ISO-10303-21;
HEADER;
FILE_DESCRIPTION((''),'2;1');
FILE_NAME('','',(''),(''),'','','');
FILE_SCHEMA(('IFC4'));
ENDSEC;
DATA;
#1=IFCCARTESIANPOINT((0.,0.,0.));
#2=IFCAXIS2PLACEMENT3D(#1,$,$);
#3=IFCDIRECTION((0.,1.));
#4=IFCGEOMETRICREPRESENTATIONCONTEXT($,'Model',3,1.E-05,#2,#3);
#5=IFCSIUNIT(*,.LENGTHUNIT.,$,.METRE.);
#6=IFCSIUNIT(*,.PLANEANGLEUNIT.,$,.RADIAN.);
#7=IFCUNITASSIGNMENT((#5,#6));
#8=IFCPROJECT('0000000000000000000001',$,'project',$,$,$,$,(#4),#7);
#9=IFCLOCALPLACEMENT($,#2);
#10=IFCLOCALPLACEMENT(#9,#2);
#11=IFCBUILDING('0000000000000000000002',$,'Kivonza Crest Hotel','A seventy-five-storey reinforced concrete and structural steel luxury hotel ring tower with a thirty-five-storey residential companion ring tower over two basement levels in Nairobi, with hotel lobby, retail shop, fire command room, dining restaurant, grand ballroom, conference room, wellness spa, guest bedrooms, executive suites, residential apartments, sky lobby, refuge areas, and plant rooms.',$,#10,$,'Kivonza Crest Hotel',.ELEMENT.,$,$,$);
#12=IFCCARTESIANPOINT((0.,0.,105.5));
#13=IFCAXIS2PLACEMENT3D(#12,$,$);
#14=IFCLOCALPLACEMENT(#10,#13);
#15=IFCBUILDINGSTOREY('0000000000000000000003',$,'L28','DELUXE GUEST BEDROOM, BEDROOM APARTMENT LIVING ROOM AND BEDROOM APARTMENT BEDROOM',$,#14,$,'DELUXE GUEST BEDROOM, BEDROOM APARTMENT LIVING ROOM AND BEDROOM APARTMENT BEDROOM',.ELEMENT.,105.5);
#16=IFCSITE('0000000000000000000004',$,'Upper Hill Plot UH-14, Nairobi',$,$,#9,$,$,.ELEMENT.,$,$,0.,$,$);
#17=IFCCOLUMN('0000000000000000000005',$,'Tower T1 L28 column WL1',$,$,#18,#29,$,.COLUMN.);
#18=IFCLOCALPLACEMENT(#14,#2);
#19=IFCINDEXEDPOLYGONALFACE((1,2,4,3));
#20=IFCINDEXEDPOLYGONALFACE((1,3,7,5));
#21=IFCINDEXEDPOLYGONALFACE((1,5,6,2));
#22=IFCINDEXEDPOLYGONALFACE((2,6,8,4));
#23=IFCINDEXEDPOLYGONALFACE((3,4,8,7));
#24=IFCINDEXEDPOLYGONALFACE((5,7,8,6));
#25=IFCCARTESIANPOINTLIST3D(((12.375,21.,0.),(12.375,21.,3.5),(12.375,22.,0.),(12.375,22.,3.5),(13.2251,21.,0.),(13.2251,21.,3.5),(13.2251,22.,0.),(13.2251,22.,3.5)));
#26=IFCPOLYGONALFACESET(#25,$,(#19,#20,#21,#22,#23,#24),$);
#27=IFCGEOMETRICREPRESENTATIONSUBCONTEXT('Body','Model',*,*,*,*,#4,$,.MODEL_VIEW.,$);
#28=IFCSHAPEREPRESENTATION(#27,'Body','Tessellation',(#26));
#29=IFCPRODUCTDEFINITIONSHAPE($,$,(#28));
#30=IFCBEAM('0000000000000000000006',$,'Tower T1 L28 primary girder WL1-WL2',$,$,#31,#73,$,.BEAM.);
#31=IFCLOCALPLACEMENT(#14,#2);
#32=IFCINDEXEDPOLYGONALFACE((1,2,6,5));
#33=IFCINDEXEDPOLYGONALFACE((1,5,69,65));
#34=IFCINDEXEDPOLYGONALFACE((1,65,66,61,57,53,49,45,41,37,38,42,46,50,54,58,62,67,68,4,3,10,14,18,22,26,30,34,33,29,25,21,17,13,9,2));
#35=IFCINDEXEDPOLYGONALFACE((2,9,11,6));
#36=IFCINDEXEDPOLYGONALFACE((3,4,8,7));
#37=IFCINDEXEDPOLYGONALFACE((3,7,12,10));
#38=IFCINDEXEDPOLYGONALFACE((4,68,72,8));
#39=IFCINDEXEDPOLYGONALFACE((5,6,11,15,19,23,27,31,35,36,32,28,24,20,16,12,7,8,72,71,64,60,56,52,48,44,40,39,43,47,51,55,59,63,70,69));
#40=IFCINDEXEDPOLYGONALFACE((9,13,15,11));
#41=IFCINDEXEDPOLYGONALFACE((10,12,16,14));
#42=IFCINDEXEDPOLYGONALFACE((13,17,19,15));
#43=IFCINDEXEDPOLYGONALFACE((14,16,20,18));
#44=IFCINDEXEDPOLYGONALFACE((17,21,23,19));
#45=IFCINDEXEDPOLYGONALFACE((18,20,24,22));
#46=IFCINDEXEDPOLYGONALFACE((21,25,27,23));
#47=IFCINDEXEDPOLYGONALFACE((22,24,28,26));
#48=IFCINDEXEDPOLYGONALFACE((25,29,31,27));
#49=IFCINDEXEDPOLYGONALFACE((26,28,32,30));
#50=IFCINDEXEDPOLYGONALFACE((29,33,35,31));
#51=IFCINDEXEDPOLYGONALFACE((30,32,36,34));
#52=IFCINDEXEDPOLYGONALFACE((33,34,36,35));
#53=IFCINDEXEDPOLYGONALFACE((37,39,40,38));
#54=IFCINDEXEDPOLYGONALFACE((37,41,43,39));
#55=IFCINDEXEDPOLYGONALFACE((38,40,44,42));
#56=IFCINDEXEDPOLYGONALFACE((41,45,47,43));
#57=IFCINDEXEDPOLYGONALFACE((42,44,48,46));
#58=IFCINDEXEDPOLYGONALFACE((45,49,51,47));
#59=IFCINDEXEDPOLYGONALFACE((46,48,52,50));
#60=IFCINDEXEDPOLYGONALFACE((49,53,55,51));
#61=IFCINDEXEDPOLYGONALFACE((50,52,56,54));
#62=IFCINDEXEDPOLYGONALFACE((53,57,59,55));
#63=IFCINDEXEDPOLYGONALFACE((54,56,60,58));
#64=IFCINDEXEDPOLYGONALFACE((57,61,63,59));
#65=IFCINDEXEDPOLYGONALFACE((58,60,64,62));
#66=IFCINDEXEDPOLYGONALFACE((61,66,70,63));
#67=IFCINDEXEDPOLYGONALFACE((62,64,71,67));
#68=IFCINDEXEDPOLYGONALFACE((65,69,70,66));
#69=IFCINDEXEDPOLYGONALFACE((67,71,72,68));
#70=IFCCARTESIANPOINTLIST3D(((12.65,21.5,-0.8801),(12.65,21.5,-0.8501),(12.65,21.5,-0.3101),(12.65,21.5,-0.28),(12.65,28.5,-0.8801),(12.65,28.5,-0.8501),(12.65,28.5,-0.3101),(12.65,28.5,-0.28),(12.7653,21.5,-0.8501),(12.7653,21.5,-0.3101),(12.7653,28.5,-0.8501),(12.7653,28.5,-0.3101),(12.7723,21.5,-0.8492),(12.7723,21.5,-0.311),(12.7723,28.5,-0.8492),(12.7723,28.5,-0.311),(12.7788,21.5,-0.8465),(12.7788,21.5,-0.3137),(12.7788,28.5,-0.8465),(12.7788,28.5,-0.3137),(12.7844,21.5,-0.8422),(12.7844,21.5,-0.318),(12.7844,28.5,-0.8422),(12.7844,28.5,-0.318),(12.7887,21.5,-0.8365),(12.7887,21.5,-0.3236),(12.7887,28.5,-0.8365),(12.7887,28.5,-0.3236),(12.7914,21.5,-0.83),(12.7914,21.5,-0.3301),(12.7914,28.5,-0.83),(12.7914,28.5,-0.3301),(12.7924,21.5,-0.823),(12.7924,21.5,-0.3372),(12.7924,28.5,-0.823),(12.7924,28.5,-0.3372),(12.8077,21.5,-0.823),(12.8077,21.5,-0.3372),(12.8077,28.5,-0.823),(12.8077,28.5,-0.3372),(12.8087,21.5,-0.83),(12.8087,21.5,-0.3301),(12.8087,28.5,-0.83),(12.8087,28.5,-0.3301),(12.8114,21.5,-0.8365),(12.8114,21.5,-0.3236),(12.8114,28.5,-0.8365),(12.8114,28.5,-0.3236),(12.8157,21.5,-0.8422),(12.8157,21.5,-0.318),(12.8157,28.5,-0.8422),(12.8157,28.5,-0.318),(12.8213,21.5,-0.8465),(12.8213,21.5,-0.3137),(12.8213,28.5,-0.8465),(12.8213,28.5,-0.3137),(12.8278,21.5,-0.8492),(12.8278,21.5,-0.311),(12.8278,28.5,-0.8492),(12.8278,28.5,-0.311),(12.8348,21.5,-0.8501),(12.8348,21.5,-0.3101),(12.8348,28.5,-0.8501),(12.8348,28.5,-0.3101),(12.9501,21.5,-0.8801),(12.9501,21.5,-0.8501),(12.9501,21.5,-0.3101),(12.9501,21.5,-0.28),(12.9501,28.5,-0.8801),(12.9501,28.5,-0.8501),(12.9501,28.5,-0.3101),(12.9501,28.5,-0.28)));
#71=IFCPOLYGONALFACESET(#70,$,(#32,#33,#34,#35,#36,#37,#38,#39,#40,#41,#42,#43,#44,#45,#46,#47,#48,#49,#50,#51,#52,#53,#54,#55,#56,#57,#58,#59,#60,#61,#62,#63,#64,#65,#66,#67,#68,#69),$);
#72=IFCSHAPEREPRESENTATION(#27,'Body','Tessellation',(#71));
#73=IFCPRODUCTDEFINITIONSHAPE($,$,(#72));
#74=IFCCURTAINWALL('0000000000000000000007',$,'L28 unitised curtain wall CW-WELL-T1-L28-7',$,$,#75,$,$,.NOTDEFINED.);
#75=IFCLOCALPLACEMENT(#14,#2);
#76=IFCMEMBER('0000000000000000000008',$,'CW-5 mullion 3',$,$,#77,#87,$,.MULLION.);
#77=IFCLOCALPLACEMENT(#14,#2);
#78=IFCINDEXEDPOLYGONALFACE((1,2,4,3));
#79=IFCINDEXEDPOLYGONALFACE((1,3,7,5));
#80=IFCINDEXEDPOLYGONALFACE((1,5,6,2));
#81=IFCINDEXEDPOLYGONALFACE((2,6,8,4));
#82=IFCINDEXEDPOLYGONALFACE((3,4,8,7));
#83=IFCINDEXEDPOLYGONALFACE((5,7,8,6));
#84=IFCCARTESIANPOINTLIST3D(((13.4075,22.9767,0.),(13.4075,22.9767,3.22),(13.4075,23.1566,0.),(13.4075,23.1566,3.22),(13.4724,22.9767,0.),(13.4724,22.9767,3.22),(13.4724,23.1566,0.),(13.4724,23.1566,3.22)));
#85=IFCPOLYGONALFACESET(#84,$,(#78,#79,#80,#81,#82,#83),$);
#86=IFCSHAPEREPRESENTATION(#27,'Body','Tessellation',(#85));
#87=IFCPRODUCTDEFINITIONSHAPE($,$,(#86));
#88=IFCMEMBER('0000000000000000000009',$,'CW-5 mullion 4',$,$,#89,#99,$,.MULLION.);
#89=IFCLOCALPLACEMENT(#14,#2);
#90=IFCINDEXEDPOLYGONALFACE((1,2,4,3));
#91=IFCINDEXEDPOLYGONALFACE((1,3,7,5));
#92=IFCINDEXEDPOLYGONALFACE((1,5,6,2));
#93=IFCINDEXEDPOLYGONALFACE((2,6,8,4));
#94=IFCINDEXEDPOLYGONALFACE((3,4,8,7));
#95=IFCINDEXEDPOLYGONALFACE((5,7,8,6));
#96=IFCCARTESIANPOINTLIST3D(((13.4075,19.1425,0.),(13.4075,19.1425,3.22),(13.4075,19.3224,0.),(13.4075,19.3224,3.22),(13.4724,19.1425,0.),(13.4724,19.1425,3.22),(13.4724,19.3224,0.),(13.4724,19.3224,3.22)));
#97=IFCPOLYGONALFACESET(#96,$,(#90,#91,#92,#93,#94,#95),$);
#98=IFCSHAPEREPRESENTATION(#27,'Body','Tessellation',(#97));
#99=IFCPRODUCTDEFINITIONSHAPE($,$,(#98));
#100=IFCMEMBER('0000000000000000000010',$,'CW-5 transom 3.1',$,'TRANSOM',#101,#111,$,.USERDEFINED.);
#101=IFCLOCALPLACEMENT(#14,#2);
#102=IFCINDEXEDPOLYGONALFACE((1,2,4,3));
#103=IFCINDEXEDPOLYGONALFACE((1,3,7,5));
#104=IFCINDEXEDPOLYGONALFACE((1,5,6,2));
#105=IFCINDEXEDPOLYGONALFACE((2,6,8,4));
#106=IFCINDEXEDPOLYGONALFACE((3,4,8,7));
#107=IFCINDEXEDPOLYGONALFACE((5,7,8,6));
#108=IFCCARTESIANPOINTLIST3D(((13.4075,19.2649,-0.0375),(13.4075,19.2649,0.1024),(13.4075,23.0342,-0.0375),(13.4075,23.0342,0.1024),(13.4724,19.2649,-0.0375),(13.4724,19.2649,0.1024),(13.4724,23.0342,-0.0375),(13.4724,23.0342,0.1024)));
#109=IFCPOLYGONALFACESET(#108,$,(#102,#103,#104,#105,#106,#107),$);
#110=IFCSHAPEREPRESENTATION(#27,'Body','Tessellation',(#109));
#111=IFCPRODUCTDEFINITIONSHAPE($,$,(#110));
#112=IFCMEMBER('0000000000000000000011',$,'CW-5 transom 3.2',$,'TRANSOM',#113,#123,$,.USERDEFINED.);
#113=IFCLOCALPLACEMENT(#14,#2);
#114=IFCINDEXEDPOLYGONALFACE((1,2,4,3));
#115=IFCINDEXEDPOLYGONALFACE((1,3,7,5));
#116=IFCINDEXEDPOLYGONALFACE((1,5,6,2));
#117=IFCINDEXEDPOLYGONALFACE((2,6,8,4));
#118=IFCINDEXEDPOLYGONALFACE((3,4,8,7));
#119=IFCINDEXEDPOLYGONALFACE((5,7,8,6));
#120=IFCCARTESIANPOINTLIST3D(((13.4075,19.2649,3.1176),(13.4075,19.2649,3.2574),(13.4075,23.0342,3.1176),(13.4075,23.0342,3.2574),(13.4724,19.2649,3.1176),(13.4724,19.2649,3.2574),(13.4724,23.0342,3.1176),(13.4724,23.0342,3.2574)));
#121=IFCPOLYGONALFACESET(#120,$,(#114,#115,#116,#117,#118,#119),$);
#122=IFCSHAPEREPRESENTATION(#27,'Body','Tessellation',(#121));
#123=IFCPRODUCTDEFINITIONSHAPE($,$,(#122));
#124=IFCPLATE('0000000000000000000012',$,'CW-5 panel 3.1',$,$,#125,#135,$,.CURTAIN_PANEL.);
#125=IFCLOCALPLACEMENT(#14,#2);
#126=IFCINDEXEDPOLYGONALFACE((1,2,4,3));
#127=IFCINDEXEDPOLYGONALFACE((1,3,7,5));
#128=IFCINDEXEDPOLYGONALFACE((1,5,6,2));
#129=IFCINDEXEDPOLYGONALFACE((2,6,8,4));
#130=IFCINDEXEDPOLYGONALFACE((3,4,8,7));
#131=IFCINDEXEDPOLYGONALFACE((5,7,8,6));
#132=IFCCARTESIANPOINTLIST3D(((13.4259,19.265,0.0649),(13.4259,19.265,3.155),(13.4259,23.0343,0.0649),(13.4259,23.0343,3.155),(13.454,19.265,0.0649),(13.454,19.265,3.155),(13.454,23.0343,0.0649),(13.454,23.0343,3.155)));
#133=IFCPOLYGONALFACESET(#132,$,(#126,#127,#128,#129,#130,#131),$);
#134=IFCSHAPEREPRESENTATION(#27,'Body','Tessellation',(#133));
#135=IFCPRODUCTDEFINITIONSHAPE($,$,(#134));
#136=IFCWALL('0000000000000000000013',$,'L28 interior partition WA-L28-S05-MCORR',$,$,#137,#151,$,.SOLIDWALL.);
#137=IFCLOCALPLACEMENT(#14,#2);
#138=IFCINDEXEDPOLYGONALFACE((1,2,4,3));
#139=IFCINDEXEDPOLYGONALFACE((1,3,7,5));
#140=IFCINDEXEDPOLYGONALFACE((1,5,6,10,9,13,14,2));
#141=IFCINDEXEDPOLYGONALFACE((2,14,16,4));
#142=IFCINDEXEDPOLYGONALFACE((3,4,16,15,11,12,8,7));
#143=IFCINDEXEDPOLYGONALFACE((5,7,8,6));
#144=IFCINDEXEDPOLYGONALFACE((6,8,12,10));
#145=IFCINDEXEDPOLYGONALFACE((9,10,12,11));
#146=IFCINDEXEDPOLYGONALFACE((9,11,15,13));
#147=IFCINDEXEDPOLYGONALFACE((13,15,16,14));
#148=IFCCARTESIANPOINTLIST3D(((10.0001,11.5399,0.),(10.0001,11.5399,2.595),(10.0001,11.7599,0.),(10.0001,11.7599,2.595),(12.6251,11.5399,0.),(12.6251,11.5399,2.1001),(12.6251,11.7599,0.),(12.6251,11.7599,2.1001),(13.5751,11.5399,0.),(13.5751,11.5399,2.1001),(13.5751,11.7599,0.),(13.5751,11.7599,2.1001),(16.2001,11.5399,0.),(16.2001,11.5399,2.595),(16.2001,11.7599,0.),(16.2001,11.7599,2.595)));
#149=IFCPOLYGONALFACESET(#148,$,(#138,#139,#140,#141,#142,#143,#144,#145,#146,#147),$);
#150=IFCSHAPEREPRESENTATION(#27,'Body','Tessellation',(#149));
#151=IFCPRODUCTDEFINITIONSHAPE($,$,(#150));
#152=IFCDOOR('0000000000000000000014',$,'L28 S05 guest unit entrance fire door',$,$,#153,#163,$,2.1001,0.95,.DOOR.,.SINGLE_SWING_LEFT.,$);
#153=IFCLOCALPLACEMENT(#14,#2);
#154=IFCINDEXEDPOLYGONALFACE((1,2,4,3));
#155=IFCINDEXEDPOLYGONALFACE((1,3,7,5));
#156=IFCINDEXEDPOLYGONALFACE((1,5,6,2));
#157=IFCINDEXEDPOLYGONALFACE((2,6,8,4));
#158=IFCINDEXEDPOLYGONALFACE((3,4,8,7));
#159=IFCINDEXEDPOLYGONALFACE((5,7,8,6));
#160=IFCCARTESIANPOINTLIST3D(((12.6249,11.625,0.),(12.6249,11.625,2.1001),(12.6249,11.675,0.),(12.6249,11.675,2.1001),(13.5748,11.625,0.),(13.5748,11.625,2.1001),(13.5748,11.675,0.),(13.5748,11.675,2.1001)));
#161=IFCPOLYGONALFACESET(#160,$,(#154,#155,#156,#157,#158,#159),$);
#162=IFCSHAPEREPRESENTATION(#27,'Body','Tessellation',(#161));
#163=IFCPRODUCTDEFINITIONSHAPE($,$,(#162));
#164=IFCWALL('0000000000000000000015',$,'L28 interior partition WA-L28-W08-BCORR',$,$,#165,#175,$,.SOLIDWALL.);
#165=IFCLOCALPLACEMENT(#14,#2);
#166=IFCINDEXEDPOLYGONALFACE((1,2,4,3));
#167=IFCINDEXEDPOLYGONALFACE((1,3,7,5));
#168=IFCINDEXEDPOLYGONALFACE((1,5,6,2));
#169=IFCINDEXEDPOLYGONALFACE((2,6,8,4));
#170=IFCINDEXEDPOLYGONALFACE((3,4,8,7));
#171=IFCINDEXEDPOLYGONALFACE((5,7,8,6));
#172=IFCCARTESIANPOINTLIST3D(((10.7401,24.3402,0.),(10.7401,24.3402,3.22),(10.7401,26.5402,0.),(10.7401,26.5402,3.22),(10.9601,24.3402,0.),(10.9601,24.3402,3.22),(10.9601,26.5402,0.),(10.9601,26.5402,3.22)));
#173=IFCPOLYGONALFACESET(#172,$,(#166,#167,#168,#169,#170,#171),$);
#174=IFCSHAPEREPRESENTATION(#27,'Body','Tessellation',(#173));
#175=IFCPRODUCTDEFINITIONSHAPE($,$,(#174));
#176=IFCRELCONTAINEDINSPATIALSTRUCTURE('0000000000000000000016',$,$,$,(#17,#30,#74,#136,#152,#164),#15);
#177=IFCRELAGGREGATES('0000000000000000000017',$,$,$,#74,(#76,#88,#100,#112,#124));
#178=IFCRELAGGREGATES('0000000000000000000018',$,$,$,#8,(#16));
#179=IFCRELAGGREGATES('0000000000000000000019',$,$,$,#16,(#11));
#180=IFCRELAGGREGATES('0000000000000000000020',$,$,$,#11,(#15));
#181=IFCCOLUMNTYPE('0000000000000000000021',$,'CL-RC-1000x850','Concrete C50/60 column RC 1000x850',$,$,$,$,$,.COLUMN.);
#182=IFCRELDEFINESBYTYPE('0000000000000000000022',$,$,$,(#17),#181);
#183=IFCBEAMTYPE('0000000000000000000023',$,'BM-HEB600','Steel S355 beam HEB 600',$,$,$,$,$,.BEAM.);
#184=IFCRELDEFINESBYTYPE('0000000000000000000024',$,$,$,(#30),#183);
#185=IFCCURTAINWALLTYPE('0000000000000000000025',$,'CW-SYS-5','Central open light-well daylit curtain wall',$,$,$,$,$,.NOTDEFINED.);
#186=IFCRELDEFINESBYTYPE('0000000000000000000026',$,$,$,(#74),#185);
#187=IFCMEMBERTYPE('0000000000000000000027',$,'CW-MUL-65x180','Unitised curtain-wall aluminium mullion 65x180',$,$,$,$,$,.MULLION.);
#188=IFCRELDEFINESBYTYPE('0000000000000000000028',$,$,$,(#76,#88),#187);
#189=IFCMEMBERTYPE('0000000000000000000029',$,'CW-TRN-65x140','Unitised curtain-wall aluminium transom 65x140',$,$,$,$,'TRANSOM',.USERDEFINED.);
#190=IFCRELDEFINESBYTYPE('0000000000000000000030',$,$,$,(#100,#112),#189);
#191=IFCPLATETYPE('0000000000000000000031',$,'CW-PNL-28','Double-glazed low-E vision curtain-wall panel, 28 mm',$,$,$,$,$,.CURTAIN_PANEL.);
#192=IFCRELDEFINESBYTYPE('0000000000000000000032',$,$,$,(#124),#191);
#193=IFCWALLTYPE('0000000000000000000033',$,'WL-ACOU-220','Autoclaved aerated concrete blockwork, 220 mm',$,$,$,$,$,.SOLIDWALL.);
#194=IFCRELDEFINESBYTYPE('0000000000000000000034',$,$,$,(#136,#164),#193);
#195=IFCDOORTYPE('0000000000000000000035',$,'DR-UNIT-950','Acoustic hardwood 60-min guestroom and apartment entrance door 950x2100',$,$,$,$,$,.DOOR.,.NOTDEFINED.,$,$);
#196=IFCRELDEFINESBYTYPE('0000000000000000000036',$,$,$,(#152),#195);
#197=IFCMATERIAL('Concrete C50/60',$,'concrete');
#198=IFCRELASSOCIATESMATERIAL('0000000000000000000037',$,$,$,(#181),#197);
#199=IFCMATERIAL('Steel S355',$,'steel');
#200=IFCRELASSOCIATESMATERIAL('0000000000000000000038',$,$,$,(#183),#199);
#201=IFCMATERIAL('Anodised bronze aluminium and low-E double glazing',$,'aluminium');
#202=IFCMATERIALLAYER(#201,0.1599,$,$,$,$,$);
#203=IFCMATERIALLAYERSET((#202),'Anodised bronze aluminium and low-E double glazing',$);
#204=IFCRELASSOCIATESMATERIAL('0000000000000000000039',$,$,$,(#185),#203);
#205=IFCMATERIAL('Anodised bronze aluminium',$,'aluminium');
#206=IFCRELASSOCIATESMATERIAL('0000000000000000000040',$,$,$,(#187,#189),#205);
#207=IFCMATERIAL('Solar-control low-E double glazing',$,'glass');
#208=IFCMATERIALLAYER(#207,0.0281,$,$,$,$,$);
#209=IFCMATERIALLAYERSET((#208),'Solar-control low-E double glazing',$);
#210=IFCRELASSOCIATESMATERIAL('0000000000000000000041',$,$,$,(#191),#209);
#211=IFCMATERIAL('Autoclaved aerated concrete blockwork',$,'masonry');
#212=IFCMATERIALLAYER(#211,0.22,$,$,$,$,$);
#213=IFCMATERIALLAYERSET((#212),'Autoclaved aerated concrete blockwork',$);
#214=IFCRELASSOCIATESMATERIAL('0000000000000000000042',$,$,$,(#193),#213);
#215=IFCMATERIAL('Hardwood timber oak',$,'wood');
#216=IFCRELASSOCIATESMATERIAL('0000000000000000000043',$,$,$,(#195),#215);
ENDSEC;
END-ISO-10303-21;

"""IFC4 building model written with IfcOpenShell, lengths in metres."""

from ifc_helpers import new_model, si_unit, direction, frame, frame_2d, origin, origin_2d, place, context, subcontext, project, spatial, rectangle, i_section, extrude, material, layer, layer_set, material_profile, profile_set, type_object, element, fill, aggregate, save


model = new_model("IFC4")

# Units and contexts
model_context = context("Model", 3, precision=1e-05, world=origin(), true_north=direction((0.0, 1.0)))
body_context = subcontext(model_context, "Body", "Model", "MODEL_VIEW")
ifc_project = project(units=[si_unit("LENGTHUNIT", "METRE"), si_unit("PLANEANGLEUNIT", "RADIAN")], contexts=[model_context])

# Site, building, storey
site_placement = place(None, origin())
site = spatial("IfcSite", under=ifc_project, at=site_placement, Name="Upper Hill Plot UH-14, Nairobi", CompositionType="ELEMENT", RefElevation=0.0)
building_placement = place(site_placement, origin())
building = spatial("IfcBuilding", under=site, at=building_placement, Name="Kivonza Crest Hotel", Description="A seventy-five-storey reinforced concrete and structural steel luxury hotel ring tower with a thirty-five-storey residential companion ring tower over two basement levels in Nairobi, with hotel lobby, retail shop, fire command room, dining restaurant, grand ballroom, conference room, wellness spa, guest bedrooms, executive suites, residential apartments, sky lobby, refuge areas, and plant rooms.", LongName="Kivonza Crest Hotel", CompositionType="ELEMENT")
storey_placement = place(building_placement, frame((0.0, 0.0, 105.5)))
storey = spatial("IfcBuildingStorey", under=building, at=storey_placement, Name="L28", Description="DELUXE GUEST BEDROOM, BEDROOM APARTMENT LIVING ROOM AND BEDROOM APARTMENT BEDROOM", LongName="DELUXE GUEST BEDROOM, BEDROOM APARTMENT LIVING ROOM AND BEDROOM APARTMENT BEDROOM", CompositionType="ELEMENT", Elevation=105.5)

# Column
ifc_material_1 = material(Name="Concrete C50/60", Category="concrete")
ifc_material_profile_1 = material_profile(ifc_material_1, rectangle(XDim=0.8501, YDim=1.0, at=origin_2d()), Name="RC 1000x850")
ifc_profile_set_1 = profile_set([ifc_material_profile_1], Name="Concrete C50/60")
column_type = type_object("IfcColumnType", Name="CL-RC-1000x850", Description="Concrete C50/60 column RC 1000x850", PredefinedType="COLUMN", material=ifc_profile_set_1)
column_placement = place(storey_placement, frame((12.8, 21.5, 0.0), z_axis=(0.0, 0.0, 1.0), x_axis=(1.0, 0.0, 0.0)))
element("IfcColumn", 1, at=column_placement, inside=storey, type_object=column_type, Name="Tower T1 L28 column WL1", PredefinedType="COLUMN", context=body_context, shape_type="SweptSolid", body=[
    extrude(rectangle(XDim=0.8501, YDim=1.0, at=origin_2d()), origin(), (0.0, 0.0, 1.0), 3.5),
])

# Beam
ifc_material_2 = material(Name="Steel S355", Category="steel")
ifc_material_profile_2 = material_profile(ifc_material_2, i_section(OverallWidth=0.3, OverallDepth=0.6001, WebThickness=0.0154, FlangeThickness=0.03, FilletRadius=0.0271, at=origin_2d()), Name="HEB 600")
ifc_profile_set_2 = profile_set([ifc_material_profile_2], Name="Steel S355")
beam_type = type_object("IfcBeamType", Name="BM-HEB600", Description="Steel S355 beam HEB 600", PredefinedType="BEAM", material=ifc_profile_set_2)
beam_placement = place(storey_placement, frame((12.8, 21.5, -0.5801), z_axis=(0.0, 1.0, 0.0), x_axis=(-1.0, 0.0, 0.0)))
element("IfcBeam", 2, at=beam_placement, inside=storey, type_object=beam_type, Name="Tower T1 L28 primary girder WL1-WL2", PredefinedType="BEAM", context=body_context, shape_type="SweptSolid", body=[
    extrude(i_section(OverallWidth=0.3, OverallDepth=0.6001, WebThickness=0.0154, FlangeThickness=0.03, FilletRadius=0.0271, at=origin_2d()), origin(), (0.0, 0.0, 1.0), 7.0),
])

# Curtain wall, members, plate
ifc_material_3 = material(Name="Anodised bronze aluminium and low-E double glazing", Category="aluminium")
ifc_layer_1 = layer(ifc_material_3, 0.1599)
ifc_layer_set_1 = layer_set([ifc_layer_1], Name="Anodised bronze aluminium and low-E double glazing")
curtain_wall_type = type_object("IfcCurtainWallType", Name="CW-SYS-5", Description="Central open light-well daylit curtain wall", PredefinedType="NOTDEFINED", material=ifc_layer_set_1)
curtain_wall_placement = place(storey_placement, origin())
curtain_wall = element("IfcCurtainWall", 3, at=curtain_wall_placement, inside=storey, type_object=curtain_wall_type, Name="L28 unitised curtain wall CW-WELL-T1-L28-7", PredefinedType="NOTDEFINED")
ifc_material_4 = material(Name="Anodised bronze aluminium", Category="aluminium")
ifc_material_profile_3 = material_profile(ifc_material_4, rectangle(XDim=0.0649, YDim=0.1799, at=origin_2d()), Name="CW-M 65x180")
ifc_profile_set_3 = profile_set([ifc_material_profile_3], Name="Anodised bronze aluminium")
member_type_1 = type_object("IfcMemberType", Name="CW-MUL-65x180", Description="Unitised curtain-wall aluminium mullion 65x180", PredefinedType="MULLION", material=ifc_profile_set_3)
member_1_placement = place(storey_placement, frame((13.4399, 23.0667, 0.0), z_axis=(0.0, 0.0, 1.0), x_axis=(1.0, 0.0, 0.0)))
member_1 = element("IfcMember", 4, at=member_1_placement, type_object=member_type_1, Name="CW-5 mullion 3", PredefinedType="MULLION", context=body_context, shape_type="SweptSolid", body=[
    extrude(rectangle(XDim=0.0649, YDim=0.1799, at=origin_2d()), origin(), (0.0, 0.0, 1.0), 3.22),
])
member_2_placement = place(storey_placement, frame((13.4399, 19.2324, 0.0), z_axis=(0.0, 0.0, 1.0), x_axis=(1.0, 0.0, 0.0)))
member_2 = element("IfcMember", 5, at=member_2_placement, type_object=member_type_1, Name="CW-5 mullion 4", PredefinedType="MULLION", context=body_context, shape_type="SweptSolid", body=[
    extrude(rectangle(XDim=0.0649, YDim=0.1799, at=origin_2d()), origin(), (0.0, 0.0, 1.0), 3.22),
])
ifc_material_profile_4 = material_profile(ifc_material_4, rectangle(XDim=0.0649, YDim=0.1399, at=origin_2d()), Name="CW-T 65x140")
ifc_profile_set_4 = profile_set([ifc_material_profile_4], Name="Anodised bronze aluminium")
member_type_2 = type_object("IfcMemberType", Name="CW-TRN-65x140", Description="Unitised curtain-wall aluminium transom 65x140", ElementType="TRANSOM", PredefinedType="USERDEFINED", material=ifc_profile_set_4)
member_3_placement = place(storey_placement, frame((13.4399, 23.0342, 0.0325), z_axis=(0.0, -1.0, 0.0), x_axis=(1.0, 0.0, 0.0)))
member_3 = element("IfcMember", 6, at=member_3_placement, type_object=member_type_2, Name="CW-5 transom 3.1", ObjectType="TRANSOM", PredefinedType="USERDEFINED", context=body_context, shape_type="SweptSolid", body=[
    extrude(rectangle(XDim=0.0649, YDim=0.1399, at=origin_2d()), origin(), (0.0, 0.0, 1.0), 3.7693),
])
member_4_placement = place(storey_placement, frame((13.4399, 23.0342, 3.1875), z_axis=(0.0, -1.0, 0.0), x_axis=(1.0, 0.0, 0.0)))
member_4 = element("IfcMember", 7, at=member_4_placement, type_object=member_type_2, Name="CW-5 transom 3.2", ObjectType="TRANSOM", PredefinedType="USERDEFINED", context=body_context, shape_type="SweptSolid", body=[
    extrude(rectangle(XDim=0.0649, YDim=0.1399, at=origin_2d()), origin(), (0.0, 0.0, 1.0), 3.7693),
])
ifc_material_5 = material(Name="Solar-control low-E double glazing", Category="glass")
ifc_layer_2 = layer(ifc_material_5, 0.0281)
ifc_layer_set_2 = layer_set([ifc_layer_2], Name="Solar-control low-E double glazing")
plate_type = type_object("IfcPlateType", Name="CW-PNL-28", Description="Double-glazed low-E vision curtain-wall panel, 28 mm", PredefinedType="CURTAIN_PANEL", material=ifc_layer_set_2)
plate_placement = place(storey_placement, frame((13.4399, 21.1497, 0.0649), z_axis=(0.0, 0.0, 1.0), x_axis=(0.0, -1.0, 0.0)))
plate = element("IfcPlate", 8, at=plate_placement, type_object=plate_type, Name="CW-5 panel 3.1", PredefinedType="CURTAIN_PANEL", context=body_context, shape_type="SweptSolid", body=[
    extrude(rectangle(XDim=3.7693, YDim=0.0281, at=origin_2d()), origin(), (0.0, 0.0, 1.0), 3.0901),
])
aggregate(curtain_wall, [member_1, member_2, member_3, member_4, plate])

# Wall, opening, door
ifc_material_6 = material(Name="Autoclaved aerated concrete blockwork", Category="masonry")
ifc_layer_3 = layer(ifc_material_6, 0.22)
ifc_layer_set_3 = layer_set([ifc_layer_3], Name="Autoclaved aerated concrete blockwork")
wall_type_1 = type_object("IfcWallType", Name="WL-ACOU-220", Description="Autoclaved aerated concrete blockwork, 220 mm", PredefinedType="SOLIDWALL", material=ifc_layer_set_3)
wall_1_placement = place(storey_placement, frame((10.0, 11.6499, 0.0), z_axis=(0.0, 0.0, 1.0), x_axis=(1.0, 0.0, 0.0)))
wall_1 = element("IfcWall", 9, at=wall_1_placement, inside=storey, type_object=wall_type_1, Name="L28 interior partition WA-L28-S05-MCORR", PredefinedType="SOLIDWALL", context=body_context, shape_type="SweptSolid", body=[
    extrude(rectangle(XDim=6.2, YDim=0.22, at=frame_2d((3.1001, 0.0))), origin(), (0.0, 0.0, 1.0), 2.595),
])
opening_1_placement = place(wall_1_placement, frame((2.625, 0.0, 0.0)))
opening_1 = element("IfcOpeningElement", 10, at=opening_1_placement, cuts=wall_1, PredefinedType="OPENING", context=body_context, shape_type="SweptSolid", body=[
    extrude(rectangle(XDim=0.95, YDim=2.1001, at=frame_2d((0.4751, 1.05))), frame((0.0, 0.1201, 0.0), z_axis=(0.0, -1.0, 0.0), x_axis=(1.0, 0.0, 0.0)), (0.0, 0.0, 1.0), 0.24),
])
ifc_material_7 = material(Name="Hardwood timber oak", Category="wood")
door_type_1 = type_object("IfcDoorType", Name="DR-UNIT-950", Description="Acoustic hardwood 60-min guestroom and apartment entrance door 950x2100", OperationType="NOTDEFINED", PredefinedType="DOOR", material=ifc_material_7)
door_1_placement = place(opening_1_placement, frame((0.95, 0.0, 0.0), z_axis=(0.0, 0.0, 1.0), x_axis=(-1.0, 0.0, 0.0)))
door_1 = element("IfcDoor", 11, at=door_1_placement, inside=storey, type_object=door_type_1, Name="L28 S05 guest unit entrance fire door", OperationType="SINGLE_SWING_LEFT", OverallHeight=2.1001, OverallWidth=0.95, PredefinedType="DOOR", context=body_context, shape_type="SweptSolid", body=[
    extrude(rectangle(XDim=0.95, YDim=2.1001, at=frame_2d((0.4751, 1.05))), frame((0.0, 0.0249, 0.0), z_axis=(0.0, -1.0, 0.0), x_axis=(1.0, 0.0, 0.0)), (0.0, 0.0, 1.0), 0.05),
])
fill(opening_1, door_1)

# Wall
wall_2_placement = place(storey_placement, frame((10.8501, 24.3401, 0.0), z_axis=(0.0, 0.0, 1.0), x_axis=(0.0, 1.0, 0.0)))
element("IfcWall", 12, at=wall_2_placement, inside=storey, type_object=wall_type_1, Name="L28 interior partition WA-L28-W08-BCORR", PredefinedType="SOLIDWALL", context=body_context, shape_type="SweptSolid", body=[
    extrude(rectangle(XDim=2.2, YDim=0.22, at=frame_2d((1.1001, 0.0))), origin(), (0.0, 0.0, 1.0), 3.22),
])

save(model, "model.ifc")
